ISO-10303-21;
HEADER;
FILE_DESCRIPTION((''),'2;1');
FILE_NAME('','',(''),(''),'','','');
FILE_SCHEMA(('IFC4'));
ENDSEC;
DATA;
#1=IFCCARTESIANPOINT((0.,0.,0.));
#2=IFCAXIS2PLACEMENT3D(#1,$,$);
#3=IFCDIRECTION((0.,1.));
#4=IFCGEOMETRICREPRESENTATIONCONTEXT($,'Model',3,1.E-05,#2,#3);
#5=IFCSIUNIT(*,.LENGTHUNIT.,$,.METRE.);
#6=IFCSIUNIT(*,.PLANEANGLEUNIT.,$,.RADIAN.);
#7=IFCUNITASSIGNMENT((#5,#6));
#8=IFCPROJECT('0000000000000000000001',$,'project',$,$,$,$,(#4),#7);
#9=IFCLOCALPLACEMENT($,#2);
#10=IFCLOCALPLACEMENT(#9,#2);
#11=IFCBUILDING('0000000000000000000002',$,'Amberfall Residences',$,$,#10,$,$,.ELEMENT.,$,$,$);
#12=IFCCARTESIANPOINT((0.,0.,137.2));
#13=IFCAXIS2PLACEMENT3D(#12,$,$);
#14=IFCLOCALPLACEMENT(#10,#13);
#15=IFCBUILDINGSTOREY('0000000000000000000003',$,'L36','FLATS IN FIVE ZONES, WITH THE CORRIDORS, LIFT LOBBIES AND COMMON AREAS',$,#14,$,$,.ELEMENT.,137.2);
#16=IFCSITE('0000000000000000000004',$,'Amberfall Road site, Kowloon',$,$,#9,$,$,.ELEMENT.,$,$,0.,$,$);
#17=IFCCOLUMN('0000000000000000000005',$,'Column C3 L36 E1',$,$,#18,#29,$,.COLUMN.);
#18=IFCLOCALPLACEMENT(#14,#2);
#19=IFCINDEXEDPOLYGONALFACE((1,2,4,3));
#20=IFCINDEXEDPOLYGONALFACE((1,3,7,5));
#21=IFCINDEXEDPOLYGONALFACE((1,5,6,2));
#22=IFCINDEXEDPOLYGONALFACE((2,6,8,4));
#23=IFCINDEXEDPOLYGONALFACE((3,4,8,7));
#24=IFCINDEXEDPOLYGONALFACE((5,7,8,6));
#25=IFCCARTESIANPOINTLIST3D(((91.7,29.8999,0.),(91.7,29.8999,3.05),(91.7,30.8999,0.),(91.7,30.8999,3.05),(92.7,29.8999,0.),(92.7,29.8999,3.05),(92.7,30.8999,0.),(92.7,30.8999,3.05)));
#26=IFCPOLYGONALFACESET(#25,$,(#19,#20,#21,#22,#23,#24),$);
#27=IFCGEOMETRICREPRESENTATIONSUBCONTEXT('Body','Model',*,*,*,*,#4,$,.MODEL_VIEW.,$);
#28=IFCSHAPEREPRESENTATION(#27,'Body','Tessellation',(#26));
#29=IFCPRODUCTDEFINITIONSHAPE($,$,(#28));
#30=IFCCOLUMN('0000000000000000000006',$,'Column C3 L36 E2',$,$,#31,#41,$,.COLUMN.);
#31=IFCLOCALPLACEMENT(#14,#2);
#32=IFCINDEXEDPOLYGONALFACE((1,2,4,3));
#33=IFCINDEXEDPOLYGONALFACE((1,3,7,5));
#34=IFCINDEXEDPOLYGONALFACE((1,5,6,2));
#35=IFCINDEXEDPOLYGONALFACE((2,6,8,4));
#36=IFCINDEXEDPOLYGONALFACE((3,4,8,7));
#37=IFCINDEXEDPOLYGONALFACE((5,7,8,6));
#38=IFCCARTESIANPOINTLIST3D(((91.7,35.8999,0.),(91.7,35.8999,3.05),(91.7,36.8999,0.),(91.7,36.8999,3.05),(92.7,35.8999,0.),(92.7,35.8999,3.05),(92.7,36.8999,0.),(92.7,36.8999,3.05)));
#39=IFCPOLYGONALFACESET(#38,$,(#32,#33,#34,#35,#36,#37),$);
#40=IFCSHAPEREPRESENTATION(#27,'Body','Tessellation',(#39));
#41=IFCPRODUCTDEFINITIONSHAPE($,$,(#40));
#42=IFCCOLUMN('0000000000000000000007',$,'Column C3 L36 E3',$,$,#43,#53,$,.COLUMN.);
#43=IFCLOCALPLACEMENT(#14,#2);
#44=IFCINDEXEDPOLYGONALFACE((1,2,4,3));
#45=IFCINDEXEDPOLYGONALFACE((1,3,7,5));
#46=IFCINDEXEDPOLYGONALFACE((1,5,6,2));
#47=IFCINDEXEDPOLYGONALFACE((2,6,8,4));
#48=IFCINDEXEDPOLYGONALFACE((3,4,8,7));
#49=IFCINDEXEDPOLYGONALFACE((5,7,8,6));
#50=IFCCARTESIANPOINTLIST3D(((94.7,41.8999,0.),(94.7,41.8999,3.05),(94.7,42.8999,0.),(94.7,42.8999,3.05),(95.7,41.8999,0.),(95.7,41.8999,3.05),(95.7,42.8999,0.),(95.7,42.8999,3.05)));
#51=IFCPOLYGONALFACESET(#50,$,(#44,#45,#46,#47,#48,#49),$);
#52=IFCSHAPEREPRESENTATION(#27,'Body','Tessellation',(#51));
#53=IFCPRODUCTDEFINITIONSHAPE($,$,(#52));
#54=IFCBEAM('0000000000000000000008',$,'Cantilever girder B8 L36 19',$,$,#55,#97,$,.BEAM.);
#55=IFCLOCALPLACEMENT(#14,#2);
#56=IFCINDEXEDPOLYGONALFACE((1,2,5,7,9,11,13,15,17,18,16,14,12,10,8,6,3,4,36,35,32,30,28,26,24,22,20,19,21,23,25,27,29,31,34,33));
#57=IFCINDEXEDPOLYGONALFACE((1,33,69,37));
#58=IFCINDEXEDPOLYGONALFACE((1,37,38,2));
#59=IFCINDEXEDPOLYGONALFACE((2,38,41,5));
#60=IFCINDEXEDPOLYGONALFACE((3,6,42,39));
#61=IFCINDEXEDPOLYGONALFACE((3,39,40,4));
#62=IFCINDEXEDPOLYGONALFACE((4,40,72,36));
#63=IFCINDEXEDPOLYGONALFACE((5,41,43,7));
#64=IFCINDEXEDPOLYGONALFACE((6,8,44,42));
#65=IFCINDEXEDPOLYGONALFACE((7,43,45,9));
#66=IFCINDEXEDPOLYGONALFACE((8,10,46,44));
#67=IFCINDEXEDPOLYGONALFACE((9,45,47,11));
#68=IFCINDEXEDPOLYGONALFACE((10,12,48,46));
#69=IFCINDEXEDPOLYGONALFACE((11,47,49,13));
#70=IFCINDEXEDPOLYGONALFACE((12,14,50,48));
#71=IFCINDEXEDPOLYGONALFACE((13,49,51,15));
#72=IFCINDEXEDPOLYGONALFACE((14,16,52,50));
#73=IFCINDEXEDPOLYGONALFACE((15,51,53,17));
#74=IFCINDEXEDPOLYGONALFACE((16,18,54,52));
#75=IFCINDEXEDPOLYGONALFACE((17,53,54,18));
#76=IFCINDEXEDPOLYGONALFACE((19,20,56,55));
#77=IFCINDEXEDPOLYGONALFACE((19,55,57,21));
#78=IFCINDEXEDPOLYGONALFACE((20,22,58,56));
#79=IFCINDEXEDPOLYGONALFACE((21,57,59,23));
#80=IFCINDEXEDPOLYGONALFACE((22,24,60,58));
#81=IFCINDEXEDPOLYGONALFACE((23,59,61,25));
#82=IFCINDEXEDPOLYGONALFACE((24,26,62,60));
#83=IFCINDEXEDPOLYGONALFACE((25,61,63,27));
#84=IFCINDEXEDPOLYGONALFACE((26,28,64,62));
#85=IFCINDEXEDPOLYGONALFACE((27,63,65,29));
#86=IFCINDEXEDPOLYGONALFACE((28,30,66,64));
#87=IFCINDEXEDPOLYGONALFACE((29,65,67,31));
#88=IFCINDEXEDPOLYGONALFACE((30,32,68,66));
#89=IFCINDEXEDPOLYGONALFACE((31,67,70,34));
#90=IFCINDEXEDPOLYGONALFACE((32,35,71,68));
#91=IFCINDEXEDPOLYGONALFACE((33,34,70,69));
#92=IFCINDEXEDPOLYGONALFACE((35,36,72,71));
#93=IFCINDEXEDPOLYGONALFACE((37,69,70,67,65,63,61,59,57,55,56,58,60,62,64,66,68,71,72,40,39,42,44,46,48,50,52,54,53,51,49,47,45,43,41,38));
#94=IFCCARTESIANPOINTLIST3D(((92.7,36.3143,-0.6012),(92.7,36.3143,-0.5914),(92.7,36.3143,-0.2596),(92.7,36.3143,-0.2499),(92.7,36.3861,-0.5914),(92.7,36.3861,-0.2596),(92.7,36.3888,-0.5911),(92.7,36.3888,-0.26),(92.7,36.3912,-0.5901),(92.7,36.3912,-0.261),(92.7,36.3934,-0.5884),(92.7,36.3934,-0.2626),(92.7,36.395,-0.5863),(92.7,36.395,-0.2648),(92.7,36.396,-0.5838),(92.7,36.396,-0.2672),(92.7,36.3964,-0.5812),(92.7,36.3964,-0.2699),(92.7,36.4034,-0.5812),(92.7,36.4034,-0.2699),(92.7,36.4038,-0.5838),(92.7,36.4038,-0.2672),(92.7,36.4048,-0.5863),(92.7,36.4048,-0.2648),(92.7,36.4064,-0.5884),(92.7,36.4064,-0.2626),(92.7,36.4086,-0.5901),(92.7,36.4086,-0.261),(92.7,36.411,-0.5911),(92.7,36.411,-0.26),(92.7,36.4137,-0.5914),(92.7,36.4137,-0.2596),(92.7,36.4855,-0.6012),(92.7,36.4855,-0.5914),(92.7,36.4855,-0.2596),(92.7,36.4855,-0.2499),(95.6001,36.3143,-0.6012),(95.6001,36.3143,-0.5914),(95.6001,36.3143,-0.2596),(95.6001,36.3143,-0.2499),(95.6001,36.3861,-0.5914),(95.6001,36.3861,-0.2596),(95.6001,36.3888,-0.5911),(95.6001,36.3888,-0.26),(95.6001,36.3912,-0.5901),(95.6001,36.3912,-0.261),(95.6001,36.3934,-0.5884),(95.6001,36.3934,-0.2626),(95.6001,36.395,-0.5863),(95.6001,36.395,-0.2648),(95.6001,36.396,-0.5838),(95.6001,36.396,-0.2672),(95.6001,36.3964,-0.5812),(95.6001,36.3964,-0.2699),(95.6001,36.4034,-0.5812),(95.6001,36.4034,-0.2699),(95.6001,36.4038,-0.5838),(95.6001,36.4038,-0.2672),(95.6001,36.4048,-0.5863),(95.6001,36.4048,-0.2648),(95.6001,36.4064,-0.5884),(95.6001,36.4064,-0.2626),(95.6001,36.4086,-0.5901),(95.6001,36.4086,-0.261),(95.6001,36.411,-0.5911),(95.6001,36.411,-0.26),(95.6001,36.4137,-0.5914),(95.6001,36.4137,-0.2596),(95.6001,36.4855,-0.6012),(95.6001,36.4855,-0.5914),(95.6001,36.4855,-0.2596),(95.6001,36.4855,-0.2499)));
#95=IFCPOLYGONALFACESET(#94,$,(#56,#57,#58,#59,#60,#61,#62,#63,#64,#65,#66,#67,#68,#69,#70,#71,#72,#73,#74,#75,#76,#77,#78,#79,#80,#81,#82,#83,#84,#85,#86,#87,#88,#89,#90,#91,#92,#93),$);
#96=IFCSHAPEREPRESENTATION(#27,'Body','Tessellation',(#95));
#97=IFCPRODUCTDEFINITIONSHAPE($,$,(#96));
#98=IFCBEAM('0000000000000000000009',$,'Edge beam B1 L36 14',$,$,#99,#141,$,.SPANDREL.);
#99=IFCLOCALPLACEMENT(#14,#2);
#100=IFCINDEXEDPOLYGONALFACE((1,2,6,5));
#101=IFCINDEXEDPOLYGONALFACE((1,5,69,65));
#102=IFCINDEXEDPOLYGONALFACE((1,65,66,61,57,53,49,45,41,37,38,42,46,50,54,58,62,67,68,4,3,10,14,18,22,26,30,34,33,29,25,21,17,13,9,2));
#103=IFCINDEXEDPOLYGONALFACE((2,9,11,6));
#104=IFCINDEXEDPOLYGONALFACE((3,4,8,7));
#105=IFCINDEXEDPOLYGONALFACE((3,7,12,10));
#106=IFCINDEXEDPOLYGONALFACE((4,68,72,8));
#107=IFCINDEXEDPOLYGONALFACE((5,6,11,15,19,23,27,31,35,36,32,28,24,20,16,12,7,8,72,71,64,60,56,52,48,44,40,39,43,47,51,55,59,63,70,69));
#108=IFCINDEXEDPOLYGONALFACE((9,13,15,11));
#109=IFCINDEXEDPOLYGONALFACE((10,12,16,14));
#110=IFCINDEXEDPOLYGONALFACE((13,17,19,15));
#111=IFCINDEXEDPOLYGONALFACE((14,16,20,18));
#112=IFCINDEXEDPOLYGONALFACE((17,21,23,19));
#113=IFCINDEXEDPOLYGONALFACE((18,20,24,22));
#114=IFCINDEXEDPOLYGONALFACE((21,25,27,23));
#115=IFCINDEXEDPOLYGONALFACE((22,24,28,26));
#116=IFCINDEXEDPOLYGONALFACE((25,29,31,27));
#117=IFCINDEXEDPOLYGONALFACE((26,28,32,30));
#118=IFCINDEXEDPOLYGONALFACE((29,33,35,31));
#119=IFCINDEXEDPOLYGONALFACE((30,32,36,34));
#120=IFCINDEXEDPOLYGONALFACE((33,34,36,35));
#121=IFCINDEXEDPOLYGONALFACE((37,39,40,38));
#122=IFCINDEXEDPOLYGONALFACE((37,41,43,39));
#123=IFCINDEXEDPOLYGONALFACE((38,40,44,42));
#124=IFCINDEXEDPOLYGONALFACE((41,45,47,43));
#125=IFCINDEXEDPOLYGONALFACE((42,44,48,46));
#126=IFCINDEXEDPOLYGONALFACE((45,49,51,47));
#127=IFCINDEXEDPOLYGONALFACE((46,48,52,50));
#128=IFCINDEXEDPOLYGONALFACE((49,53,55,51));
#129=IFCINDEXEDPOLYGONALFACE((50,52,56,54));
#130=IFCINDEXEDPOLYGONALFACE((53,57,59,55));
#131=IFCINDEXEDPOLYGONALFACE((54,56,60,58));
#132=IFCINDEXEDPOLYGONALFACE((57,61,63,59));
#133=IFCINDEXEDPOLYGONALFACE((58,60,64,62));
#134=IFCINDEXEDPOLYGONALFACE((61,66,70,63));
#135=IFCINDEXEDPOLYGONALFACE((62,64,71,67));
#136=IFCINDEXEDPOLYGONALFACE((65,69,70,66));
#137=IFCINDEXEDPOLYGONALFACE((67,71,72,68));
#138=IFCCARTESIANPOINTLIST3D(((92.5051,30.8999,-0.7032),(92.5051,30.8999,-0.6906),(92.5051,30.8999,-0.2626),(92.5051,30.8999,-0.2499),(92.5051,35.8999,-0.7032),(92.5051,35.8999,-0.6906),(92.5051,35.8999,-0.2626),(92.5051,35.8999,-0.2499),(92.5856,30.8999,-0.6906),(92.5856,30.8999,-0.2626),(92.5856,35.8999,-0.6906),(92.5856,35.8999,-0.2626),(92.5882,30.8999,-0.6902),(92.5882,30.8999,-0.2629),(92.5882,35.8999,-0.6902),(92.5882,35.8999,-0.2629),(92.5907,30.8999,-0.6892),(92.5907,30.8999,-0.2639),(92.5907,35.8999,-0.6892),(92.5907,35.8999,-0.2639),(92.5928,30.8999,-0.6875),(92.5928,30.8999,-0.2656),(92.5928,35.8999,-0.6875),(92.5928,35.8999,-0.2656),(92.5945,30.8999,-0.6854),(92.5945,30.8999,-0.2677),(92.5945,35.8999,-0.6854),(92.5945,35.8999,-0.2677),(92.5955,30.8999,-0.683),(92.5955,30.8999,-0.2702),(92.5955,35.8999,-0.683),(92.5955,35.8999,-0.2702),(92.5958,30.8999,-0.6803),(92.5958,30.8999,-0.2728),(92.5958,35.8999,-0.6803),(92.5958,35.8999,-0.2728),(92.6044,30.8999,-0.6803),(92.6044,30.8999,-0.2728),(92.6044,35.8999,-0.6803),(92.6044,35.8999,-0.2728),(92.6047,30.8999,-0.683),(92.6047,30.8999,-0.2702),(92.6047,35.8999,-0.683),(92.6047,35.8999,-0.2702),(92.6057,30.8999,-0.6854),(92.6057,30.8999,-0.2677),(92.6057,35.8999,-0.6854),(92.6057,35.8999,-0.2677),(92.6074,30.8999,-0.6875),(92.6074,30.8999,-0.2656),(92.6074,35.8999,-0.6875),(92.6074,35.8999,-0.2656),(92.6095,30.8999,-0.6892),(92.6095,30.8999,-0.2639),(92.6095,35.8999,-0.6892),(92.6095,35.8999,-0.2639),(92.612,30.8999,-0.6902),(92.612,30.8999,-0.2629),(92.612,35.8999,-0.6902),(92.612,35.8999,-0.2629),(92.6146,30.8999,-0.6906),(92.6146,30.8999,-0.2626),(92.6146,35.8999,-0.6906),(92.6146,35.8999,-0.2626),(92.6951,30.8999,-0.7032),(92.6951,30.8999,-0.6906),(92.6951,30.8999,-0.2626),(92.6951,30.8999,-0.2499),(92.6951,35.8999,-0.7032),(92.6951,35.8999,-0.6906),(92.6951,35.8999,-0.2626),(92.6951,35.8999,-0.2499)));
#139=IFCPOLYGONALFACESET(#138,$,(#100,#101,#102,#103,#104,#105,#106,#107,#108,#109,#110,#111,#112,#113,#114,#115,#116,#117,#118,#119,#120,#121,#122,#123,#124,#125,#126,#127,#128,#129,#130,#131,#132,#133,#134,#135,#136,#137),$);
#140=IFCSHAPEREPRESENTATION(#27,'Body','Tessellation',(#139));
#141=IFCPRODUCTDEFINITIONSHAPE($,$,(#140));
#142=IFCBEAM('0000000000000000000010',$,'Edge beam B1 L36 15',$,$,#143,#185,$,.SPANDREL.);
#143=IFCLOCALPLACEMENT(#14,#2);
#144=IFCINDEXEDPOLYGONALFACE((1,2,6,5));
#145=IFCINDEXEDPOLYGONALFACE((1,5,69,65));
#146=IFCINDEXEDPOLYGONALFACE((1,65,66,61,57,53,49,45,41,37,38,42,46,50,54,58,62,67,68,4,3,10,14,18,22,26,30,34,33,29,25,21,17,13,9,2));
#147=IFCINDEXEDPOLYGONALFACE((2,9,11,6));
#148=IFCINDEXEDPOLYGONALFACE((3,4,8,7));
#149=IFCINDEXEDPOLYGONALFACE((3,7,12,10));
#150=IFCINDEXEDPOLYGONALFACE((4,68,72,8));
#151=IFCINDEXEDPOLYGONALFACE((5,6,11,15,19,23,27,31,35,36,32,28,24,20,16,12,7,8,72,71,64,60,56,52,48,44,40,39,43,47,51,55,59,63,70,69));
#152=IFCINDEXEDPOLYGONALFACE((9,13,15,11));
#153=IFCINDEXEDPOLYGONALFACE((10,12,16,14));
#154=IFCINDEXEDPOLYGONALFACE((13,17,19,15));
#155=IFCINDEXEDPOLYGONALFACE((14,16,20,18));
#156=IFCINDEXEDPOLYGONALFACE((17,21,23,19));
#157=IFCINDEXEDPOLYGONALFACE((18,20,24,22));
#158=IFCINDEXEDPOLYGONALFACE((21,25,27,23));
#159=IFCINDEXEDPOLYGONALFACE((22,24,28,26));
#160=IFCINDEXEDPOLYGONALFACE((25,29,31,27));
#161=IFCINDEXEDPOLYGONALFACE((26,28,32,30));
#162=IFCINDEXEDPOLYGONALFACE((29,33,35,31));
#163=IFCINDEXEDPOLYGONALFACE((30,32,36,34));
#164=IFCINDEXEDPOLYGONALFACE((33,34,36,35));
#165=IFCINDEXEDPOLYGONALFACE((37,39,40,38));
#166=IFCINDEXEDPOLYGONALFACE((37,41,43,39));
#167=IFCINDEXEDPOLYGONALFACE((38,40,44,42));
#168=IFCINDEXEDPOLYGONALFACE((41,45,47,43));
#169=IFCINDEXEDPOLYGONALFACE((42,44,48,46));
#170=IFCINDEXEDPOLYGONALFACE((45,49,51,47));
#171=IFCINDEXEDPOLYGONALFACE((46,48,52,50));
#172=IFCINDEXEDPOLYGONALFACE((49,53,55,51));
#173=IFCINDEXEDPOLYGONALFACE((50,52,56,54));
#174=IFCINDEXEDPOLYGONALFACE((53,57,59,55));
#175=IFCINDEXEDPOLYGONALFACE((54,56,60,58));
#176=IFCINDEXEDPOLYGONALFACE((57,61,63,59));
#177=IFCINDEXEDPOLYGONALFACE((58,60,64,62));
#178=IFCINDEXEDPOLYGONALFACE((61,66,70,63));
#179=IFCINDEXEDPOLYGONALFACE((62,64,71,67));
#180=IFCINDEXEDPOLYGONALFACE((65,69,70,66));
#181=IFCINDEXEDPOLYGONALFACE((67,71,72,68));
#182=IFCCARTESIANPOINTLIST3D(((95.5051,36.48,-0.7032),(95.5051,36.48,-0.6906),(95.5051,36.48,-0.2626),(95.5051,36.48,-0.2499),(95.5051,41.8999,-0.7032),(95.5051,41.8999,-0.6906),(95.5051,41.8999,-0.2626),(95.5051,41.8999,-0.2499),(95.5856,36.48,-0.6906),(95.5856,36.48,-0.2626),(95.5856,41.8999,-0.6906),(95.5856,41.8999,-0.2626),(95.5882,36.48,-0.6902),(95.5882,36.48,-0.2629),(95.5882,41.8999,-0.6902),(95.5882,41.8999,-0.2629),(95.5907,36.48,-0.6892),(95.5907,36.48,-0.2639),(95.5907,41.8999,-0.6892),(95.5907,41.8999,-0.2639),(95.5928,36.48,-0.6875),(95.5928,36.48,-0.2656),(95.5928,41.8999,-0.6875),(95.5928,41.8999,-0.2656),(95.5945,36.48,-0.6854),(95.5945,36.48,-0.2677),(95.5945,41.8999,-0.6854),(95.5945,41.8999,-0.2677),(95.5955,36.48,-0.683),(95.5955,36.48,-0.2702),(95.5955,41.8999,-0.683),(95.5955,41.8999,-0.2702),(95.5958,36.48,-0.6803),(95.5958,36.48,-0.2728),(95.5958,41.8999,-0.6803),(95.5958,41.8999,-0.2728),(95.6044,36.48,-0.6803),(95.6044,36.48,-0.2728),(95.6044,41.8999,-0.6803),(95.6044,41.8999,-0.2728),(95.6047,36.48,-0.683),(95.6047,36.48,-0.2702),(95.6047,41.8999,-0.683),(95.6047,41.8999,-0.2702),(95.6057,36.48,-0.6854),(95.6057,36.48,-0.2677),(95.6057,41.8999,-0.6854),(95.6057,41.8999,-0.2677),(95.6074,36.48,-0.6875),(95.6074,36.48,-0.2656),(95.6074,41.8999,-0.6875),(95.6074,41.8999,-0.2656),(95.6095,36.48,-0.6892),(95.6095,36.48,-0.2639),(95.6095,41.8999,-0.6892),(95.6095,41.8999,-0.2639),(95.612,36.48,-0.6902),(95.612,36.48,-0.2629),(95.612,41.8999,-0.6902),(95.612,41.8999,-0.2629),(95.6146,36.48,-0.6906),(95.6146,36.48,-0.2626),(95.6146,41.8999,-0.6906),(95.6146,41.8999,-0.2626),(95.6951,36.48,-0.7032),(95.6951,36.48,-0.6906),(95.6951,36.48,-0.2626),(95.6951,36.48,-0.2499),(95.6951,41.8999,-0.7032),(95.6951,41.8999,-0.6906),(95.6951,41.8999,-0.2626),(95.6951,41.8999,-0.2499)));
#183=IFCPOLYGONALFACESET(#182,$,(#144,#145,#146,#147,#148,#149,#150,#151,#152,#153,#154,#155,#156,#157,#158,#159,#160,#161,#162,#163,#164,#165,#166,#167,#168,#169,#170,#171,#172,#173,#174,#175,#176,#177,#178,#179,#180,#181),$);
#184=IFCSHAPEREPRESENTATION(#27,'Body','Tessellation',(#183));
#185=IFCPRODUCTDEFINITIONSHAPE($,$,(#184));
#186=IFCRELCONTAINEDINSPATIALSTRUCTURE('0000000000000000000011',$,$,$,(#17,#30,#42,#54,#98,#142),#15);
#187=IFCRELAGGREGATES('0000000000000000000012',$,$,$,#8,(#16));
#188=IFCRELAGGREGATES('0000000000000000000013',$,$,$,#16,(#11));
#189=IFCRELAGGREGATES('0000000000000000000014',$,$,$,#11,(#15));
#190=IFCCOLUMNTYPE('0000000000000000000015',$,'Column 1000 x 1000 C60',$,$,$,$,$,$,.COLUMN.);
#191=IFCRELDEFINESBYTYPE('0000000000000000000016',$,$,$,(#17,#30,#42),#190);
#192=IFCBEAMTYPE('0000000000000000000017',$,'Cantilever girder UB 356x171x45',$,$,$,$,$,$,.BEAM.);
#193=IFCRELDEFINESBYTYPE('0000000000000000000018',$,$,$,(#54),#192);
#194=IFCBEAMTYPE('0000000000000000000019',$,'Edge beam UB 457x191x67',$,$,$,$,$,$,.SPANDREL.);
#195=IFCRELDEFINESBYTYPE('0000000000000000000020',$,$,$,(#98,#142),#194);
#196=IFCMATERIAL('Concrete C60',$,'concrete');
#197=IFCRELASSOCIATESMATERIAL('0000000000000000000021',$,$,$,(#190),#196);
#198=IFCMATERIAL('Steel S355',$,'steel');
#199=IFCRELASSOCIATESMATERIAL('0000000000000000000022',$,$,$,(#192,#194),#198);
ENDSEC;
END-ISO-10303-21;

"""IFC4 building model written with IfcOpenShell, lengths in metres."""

from ifc_helpers import new_model, si_unit, direction, frame, origin, origin_2d, place, context, subcontext, project, spatial, rectangle, i_section, extrude, material, material_profile, profile_set, type_object, element, save


model = new_model("IFC4")

# Units and contexts
model_context = context("Model", 3, precision=1e-05, world=origin(), true_north=direction((0.0, 1.0)))
body_context = subcontext(model_context, "Body", "Model", "MODEL_VIEW")
ifc_project = project(units=[si_unit("LENGTHUNIT", "METRE"), si_unit("PLANEANGLEUNIT", "RADIAN")], contexts=[model_context])

# Site, building, storey
site_placement = place(None, origin())
site = spatial("IfcSite", under=ifc_project, at=site_placement, Name="Amberfall Road site, Kowloon", CompositionType="ELEMENT", RefElevation=0.0)
building_placement = place(site_placement, origin())
building = spatial("IfcBuilding", under=site, at=building_placement, Name="Amberfall Residences", CompositionType="ELEMENT")
storey_placement = place(building_placement, frame((0.0, 0.0, 137.2)))
storey = spatial("IfcBuildingStorey", under=building, at=storey_placement, Name="L36", Description="FLATS IN FIVE ZONES, WITH THE CORRIDORS, LIFT LOBBIES AND COMMON AREAS", CompositionType="ELEMENT", Elevation=137.2)

# Columns
ifc_material_1 = material(Name="Concrete C60", Category="concrete")
ifc_material_profile_1 = material_profile(ifc_material_1, rectangle(XDim=1.0, YDim=1.0, at=origin_2d()), Name="Column 1000 x 1000 C60")
ifc_profile_set_1 = profile_set([ifc_material_profile_1], Name="Concrete C60")
column_type = type_object("IfcColumnType", Name="Column 1000 x 1000 C60", PredefinedType="COLUMN", material=ifc_profile_set_1)
for number, where, z_axis, x_axis, name in (
    (1, (92.2, 30.3999, 0.0), (0.0, 0.0, 1.0), (1.0, 0.0, 0.0), "Column C3 L36 E1"),
    (2, (92.2, 36.3999, 0.0), (0.0, 0.0, 1.0), (1.0, 0.0, 0.0), "Column C3 L36 E2"),
    (3, (95.2, 42.3999, 0.0), (0.0, 0.0, 1.0), (1.0, 0.0, 0.0), "Column C3 L36 E3"),
):
    element("IfcColumn", number, at=place(storey_placement, frame(where, z_axis=z_axis, x_axis=x_axis)), inside=storey, type_object=column_type, Name=name, PredefinedType="COLUMN", context=body_context, shape_type="SweptSolid", body=[
        extrude(rectangle(XDim=1.0, YDim=1.0, at=origin_2d()), origin(), (0.0, 0.0, 1.0), 3.05),
    ])

# Beams
ifc_material_2 = material(Name="Steel S355", Category="steel")
ifc_material_profile_2 = material_profile(ifc_material_2, i_section(OverallWidth=0.1711, OverallDepth=0.3513, WebThickness=0.0071, FlangeThickness=0.0098, FilletRadius=0.0103, at=origin_2d()), Name="UB 356x171x45")
ifc_profile_set_2 = profile_set([ifc_material_profile_2], Name="Steel S355")
beam_type_1 = type_object("IfcBeamType", Name="Cantilever girder UB 356x171x45", PredefinedType="BEAM", material=ifc_profile_set_2)
beam_1_placement = place(storey_placement, frame((92.7, 36.3999, -0.4255), z_axis=(1.0, 0.0, 0.0), x_axis=(0.0, 1.0, 0.0)))
element("IfcBeam", 4, at=beam_1_placement, inside=storey, type_object=beam_type_1, Name="Cantilever girder B8 L36 19", PredefinedType="BEAM", context=body_context, shape_type="SweptSolid", body=[
    extrude(i_section(OverallWidth=0.1711, OverallDepth=0.3513, WebThickness=0.0071, FlangeThickness=0.0098, FilletRadius=0.0103, at=origin_2d()), origin(), (0.0, 0.0, 1.0), 2.9001),
])
ifc_material_profile_3 = material_profile(ifc_material_2, i_section(OverallWidth=0.1899, OverallDepth=0.4534, WebThickness=0.0085, FlangeThickness=0.0127, FilletRadius=0.0103, at=origin_2d()), Name="UB 457x191x67")
ifc_profile_set_3 = profile_set([ifc_material_profile_3], Name="Steel S355")
beam_type_2 = type_object("IfcBeamType", Name="Edge beam UB 457x191x67", PredefinedType="SPANDREL", material=ifc_profile_set_3)
beam_2_placement = place(storey_placement, frame((92.6001, 30.8999, -0.4766), z_axis=(0.0, 1.0, 0.0), x_axis=(-1.0, 0.0, 0.0)))
element("IfcBeam", 5, at=beam_2_placement, inside=storey, type_object=beam_type_2, Name="Edge beam B1 L36 14", PredefinedType="SPANDREL", context=body_context, shape_type="SweptSolid", body=[
    extrude(i_section(OverallWidth=0.1899, OverallDepth=0.4534, WebThickness=0.0085, FlangeThickness=0.0127, FilletRadius=0.0103, at=origin_2d()), origin(), (0.0, 0.0, 1.0), 5.0),
])
beam_3_placement = place(storey_placement, frame((95.6001, 36.48, -0.4766), z_axis=(0.0, 1.0, 0.0), x_axis=(-1.0, 0.0, 0.0)))
element("IfcBeam", 6, at=beam_3_placement, inside=storey, type_object=beam_type_2, Name="Edge beam B1 L36 15", PredefinedType="SPANDREL", context=body_context, shape_type="SweptSolid", body=[
    extrude(i_section(OverallWidth=0.1899, OverallDepth=0.4534, WebThickness=0.0085, FlangeThickness=0.0127, FilletRadius=0.0103, at=origin_2d()), origin(), (0.0, 0.0, 1.0), 5.4199),
])

save(model, "model.ifc")
